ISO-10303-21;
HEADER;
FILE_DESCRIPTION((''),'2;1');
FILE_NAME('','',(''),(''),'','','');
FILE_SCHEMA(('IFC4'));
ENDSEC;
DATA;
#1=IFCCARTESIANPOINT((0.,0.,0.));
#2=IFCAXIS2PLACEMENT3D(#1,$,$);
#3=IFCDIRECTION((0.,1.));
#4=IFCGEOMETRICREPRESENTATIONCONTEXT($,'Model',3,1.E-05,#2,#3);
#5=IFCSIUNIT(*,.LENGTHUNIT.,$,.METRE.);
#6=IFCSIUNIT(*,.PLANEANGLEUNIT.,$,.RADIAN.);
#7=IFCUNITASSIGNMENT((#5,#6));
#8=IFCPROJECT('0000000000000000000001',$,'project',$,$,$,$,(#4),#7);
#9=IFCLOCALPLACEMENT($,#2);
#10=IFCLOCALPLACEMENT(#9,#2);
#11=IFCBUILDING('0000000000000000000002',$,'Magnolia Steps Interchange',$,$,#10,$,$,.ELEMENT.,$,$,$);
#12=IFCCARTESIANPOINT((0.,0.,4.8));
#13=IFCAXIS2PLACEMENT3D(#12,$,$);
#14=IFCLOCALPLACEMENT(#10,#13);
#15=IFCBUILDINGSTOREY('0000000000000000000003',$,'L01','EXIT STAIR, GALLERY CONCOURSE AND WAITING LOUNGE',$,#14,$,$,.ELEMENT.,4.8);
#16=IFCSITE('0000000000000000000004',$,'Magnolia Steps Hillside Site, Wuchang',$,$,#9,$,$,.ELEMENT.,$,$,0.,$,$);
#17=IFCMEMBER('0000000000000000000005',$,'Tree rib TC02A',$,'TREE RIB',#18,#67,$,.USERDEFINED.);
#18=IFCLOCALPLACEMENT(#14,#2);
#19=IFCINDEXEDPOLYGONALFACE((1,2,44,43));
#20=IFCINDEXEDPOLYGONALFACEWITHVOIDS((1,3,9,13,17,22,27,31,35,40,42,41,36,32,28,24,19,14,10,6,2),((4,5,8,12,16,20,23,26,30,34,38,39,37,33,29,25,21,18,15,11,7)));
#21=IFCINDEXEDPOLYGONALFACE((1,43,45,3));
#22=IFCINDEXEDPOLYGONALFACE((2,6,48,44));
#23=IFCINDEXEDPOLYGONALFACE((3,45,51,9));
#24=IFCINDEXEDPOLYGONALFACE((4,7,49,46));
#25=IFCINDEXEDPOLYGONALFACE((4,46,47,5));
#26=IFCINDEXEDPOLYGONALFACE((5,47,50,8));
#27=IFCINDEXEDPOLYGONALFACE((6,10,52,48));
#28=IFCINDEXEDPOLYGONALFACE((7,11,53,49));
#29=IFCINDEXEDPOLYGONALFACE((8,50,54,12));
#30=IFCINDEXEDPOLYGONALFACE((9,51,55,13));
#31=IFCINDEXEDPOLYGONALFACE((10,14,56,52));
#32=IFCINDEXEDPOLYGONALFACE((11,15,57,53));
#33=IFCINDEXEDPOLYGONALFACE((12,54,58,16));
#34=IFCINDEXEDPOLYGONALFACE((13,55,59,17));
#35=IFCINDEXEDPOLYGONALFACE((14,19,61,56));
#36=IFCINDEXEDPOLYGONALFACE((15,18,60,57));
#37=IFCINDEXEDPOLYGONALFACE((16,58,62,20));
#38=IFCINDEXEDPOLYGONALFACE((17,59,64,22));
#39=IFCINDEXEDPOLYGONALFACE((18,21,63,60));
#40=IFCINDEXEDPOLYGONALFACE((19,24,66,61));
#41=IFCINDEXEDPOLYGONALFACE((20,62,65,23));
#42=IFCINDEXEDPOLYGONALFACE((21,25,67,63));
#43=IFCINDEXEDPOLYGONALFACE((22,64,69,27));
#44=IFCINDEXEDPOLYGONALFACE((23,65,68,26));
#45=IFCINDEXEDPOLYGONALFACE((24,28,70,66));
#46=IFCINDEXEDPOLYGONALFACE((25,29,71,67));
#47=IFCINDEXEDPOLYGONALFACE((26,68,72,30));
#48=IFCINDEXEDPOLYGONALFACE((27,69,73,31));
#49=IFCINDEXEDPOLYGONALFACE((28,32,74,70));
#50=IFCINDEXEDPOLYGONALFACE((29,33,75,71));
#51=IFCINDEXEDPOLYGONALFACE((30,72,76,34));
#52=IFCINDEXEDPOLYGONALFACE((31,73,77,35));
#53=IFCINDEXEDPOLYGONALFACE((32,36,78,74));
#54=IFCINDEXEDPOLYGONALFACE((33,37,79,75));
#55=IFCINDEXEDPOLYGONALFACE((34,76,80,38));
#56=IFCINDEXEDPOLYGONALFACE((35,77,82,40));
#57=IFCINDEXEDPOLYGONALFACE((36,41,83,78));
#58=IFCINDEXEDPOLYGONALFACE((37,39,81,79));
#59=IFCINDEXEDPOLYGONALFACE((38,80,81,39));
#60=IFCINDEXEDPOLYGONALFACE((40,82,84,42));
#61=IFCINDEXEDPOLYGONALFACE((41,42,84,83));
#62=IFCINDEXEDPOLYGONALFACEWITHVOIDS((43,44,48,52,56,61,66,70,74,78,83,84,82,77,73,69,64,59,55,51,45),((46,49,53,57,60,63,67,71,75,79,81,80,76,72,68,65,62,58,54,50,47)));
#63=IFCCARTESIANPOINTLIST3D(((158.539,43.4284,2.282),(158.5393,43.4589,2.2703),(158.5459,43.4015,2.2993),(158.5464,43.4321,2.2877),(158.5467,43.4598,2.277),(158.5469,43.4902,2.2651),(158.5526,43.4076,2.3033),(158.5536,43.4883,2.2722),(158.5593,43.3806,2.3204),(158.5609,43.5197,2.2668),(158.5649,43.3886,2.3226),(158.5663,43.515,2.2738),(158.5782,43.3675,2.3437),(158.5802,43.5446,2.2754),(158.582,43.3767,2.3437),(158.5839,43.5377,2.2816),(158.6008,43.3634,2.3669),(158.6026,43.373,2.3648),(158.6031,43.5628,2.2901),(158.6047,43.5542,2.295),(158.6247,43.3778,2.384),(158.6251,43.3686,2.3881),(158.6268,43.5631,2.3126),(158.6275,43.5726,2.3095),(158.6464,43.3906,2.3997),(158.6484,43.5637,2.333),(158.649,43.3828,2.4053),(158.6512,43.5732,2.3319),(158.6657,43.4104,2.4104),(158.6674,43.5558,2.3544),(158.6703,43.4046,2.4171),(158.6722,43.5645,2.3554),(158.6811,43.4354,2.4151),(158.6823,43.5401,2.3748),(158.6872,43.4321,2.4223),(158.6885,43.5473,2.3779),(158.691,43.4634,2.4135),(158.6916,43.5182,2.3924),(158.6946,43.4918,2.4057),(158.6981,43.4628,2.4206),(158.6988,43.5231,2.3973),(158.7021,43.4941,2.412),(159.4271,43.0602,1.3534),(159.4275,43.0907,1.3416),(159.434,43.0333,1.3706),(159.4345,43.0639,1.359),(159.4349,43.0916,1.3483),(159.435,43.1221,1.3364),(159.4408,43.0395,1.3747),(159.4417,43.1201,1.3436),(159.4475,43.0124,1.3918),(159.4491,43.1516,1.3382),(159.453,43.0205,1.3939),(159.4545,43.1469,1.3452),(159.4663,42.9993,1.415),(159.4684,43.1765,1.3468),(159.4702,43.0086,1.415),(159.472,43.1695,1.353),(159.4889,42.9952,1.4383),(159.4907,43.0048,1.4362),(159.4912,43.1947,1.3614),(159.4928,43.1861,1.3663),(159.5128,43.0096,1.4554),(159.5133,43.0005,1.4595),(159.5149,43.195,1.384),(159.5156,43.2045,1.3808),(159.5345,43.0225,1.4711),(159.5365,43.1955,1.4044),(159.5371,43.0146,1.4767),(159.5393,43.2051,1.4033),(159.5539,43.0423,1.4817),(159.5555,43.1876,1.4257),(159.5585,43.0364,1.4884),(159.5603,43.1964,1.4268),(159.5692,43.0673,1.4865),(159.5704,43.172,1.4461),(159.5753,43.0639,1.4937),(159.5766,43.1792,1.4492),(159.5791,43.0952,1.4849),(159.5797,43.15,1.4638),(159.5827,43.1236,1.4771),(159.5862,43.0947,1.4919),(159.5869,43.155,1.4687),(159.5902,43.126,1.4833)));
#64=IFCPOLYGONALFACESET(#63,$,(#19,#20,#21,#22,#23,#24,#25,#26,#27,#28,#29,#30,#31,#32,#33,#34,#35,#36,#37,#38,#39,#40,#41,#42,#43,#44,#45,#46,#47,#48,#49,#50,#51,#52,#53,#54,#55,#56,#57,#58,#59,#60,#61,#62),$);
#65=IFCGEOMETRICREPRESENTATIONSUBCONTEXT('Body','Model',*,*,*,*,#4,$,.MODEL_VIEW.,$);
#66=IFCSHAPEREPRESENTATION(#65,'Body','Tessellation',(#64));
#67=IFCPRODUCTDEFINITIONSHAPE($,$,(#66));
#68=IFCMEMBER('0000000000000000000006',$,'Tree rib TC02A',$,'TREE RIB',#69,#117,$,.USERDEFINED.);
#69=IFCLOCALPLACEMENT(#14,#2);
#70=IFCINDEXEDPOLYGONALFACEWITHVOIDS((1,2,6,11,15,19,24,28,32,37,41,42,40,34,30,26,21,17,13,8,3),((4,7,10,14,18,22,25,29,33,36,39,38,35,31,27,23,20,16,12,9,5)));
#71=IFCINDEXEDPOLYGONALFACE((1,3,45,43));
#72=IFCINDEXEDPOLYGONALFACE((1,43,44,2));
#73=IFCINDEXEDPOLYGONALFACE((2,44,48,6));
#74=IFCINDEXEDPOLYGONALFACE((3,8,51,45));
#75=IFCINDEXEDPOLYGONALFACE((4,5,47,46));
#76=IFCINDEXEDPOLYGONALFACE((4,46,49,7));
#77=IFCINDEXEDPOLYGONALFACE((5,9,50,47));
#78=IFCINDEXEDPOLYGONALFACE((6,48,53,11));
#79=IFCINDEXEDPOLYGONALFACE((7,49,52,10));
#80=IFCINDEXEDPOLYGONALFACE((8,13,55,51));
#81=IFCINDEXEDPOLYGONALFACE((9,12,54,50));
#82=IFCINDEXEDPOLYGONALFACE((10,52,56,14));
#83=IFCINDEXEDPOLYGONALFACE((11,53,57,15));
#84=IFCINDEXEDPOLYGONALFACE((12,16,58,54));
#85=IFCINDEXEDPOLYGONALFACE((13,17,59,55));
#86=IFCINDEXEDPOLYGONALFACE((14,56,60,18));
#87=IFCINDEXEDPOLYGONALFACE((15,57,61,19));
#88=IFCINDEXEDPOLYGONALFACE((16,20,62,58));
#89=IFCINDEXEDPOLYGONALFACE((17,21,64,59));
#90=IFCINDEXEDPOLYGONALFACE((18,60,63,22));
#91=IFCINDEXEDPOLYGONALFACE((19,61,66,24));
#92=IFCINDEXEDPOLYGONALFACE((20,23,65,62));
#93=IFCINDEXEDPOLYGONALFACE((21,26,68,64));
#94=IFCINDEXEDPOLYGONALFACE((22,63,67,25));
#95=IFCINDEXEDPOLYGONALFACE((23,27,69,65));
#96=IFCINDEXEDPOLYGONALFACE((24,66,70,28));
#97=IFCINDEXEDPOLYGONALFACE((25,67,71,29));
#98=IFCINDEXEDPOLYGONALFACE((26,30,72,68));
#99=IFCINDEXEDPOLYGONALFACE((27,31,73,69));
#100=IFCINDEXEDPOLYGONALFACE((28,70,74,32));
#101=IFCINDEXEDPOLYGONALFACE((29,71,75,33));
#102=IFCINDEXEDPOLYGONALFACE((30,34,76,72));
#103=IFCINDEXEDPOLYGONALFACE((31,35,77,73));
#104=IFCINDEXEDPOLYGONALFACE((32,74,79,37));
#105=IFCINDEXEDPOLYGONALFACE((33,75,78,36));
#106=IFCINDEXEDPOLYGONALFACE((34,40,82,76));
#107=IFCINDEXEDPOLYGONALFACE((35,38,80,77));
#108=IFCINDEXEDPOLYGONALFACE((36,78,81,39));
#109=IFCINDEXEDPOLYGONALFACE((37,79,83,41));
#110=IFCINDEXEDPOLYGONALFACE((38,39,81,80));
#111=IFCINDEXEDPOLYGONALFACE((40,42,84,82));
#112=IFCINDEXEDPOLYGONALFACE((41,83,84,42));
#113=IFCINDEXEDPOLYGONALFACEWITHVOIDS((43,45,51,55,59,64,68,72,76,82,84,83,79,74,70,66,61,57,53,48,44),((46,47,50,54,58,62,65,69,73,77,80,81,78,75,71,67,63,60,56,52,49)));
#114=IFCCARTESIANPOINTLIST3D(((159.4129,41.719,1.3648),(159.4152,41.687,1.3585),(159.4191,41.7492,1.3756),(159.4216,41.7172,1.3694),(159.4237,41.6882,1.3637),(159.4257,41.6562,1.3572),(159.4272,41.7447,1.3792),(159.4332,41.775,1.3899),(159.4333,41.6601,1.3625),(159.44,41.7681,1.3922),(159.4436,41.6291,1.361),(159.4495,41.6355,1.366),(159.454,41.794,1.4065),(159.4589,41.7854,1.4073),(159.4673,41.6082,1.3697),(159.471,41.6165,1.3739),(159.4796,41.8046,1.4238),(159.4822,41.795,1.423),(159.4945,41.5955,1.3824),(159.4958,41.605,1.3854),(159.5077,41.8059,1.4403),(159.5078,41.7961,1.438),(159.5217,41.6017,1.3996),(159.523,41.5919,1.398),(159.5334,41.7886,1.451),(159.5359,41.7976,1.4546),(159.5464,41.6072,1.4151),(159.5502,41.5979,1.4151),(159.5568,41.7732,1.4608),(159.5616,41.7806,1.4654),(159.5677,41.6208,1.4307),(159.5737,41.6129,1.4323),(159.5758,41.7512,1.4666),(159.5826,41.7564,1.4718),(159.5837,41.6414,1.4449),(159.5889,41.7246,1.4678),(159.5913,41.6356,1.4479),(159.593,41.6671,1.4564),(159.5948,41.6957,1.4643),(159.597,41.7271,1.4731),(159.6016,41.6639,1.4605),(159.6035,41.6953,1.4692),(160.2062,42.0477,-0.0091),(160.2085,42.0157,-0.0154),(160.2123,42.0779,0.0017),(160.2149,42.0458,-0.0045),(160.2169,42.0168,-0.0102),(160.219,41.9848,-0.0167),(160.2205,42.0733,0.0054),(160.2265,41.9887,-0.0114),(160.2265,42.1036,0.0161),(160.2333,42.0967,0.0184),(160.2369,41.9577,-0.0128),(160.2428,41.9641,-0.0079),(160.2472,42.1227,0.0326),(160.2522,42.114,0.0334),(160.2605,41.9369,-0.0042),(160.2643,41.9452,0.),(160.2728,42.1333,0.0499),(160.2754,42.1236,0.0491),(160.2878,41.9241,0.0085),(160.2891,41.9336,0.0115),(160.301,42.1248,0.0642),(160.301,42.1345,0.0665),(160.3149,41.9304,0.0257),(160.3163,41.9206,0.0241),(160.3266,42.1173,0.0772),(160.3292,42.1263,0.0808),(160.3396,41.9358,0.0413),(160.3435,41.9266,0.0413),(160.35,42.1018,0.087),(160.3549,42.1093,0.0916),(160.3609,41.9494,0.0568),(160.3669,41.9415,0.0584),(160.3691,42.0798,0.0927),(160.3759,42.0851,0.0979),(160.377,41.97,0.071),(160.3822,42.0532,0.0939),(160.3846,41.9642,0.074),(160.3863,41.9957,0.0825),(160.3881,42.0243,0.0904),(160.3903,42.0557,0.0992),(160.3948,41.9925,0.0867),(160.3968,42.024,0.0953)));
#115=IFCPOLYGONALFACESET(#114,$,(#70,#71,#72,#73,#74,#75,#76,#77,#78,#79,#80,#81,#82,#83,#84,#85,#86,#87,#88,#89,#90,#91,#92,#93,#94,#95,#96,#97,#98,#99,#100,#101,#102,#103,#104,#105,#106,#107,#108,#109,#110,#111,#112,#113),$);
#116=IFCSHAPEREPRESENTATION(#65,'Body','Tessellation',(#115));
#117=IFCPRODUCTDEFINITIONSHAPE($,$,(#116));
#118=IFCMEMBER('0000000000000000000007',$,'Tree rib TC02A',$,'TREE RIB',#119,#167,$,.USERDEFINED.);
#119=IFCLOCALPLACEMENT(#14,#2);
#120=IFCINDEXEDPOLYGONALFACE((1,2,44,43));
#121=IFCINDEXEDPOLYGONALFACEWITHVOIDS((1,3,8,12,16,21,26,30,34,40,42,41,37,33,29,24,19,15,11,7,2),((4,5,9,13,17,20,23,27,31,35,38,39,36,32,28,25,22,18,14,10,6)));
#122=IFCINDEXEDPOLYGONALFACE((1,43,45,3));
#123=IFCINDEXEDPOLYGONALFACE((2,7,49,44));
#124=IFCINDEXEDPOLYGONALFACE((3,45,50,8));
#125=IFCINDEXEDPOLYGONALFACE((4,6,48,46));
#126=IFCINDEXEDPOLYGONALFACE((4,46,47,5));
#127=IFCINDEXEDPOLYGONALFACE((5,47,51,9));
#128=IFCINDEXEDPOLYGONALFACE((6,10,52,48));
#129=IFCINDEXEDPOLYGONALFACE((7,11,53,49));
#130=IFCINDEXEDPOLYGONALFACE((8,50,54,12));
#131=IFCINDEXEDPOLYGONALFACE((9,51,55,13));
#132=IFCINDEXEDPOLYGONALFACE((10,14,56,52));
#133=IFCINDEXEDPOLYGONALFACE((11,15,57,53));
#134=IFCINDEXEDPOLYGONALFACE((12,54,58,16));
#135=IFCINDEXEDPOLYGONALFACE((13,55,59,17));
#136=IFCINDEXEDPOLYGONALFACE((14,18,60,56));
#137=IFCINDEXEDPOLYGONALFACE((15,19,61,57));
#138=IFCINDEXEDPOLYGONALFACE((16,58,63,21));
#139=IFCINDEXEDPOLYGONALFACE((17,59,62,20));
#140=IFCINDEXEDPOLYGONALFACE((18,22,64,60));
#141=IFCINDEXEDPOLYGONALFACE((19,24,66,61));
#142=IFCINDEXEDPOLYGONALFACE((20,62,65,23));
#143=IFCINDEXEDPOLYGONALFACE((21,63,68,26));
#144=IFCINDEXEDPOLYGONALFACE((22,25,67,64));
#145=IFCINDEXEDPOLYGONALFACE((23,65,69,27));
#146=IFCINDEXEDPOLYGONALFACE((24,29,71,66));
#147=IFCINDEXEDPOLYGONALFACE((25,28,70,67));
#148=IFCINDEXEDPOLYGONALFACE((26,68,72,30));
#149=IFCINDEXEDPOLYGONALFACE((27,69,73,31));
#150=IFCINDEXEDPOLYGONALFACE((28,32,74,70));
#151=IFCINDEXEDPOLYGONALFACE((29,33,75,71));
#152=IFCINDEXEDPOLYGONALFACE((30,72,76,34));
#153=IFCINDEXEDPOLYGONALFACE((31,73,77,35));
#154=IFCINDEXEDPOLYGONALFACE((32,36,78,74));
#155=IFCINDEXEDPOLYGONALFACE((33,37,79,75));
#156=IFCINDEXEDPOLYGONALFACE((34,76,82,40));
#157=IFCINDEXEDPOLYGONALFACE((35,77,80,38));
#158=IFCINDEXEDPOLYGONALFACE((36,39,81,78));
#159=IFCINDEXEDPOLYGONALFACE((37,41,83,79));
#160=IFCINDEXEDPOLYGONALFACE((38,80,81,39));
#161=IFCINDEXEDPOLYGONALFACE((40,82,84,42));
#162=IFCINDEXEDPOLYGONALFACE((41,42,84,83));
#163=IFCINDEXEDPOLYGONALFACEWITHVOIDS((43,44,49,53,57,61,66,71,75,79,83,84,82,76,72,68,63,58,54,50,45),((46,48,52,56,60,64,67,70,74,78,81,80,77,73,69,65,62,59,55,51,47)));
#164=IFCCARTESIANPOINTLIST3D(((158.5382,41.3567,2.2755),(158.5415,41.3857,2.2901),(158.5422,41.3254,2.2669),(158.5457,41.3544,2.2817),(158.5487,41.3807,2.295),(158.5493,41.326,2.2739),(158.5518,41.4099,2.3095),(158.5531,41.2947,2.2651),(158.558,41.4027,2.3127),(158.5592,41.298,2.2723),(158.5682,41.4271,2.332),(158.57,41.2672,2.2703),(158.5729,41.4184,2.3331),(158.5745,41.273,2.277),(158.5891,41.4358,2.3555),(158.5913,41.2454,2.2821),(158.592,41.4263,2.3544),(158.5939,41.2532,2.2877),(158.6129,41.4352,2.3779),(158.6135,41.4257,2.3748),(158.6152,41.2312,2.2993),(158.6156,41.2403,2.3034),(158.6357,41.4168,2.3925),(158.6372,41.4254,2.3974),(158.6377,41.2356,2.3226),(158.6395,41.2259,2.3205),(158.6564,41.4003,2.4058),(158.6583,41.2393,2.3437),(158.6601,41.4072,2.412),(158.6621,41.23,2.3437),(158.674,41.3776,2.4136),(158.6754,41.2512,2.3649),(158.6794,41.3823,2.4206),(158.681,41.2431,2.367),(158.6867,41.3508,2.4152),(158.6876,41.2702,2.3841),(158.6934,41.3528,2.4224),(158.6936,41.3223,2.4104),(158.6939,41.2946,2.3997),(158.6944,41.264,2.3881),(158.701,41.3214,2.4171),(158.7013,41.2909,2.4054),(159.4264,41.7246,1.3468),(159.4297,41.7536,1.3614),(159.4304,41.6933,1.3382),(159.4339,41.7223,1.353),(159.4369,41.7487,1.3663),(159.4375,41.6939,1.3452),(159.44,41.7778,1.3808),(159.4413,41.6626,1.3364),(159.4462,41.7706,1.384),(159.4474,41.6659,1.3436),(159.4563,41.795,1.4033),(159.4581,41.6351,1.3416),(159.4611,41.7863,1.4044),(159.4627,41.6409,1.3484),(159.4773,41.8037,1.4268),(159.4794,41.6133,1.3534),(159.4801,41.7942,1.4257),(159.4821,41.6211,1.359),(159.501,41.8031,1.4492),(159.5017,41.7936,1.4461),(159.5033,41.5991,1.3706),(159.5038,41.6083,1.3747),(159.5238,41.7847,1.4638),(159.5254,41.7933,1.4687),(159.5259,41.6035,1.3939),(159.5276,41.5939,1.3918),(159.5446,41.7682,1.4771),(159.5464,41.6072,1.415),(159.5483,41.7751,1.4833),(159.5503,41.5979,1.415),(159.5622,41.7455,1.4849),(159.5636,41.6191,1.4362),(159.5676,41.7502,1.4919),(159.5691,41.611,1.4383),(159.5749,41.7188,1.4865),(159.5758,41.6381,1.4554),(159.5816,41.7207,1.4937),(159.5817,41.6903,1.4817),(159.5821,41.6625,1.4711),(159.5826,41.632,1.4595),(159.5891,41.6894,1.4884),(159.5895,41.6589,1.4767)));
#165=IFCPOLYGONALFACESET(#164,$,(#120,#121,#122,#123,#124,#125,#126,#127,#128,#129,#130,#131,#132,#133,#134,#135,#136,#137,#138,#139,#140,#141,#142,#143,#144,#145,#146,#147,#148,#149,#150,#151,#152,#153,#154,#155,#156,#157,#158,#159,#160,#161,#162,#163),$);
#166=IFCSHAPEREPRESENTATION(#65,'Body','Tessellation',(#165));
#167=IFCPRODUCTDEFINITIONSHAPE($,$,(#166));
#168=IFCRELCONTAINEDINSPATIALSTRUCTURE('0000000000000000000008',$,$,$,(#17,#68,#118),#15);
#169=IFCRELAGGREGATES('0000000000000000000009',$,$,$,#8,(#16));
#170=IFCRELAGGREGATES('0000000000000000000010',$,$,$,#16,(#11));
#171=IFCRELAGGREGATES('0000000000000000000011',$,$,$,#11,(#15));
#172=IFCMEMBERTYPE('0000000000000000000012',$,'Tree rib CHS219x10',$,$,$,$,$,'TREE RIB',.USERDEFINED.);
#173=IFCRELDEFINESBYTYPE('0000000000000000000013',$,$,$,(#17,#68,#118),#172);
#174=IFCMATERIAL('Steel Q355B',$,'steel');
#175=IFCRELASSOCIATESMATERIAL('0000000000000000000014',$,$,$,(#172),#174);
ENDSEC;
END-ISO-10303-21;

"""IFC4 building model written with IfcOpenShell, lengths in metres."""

from ifc_helpers import new_model, si_unit, direction, frame, origin, origin_2d, place, context, subcontext, project, spatial, hollow_circle, extrude, material, material_profile, profile_set, type_object, element, save


model = new_model("IFC4")

# Units and contexts
model_context = context("Model", 3, precision=1e-05, world=origin(), true_north=direction((0.0, 1.0)))
body_context = subcontext(model_context, "Body", "Model", "MODEL_VIEW")
ifc_project = project(units=[si_unit("LENGTHUNIT", "METRE"), si_unit("PLANEANGLEUNIT", "RADIAN")], contexts=[model_context])

# Site, building, storey
site_placement = place(None, origin())
site = spatial("IfcSite", under=ifc_project, at=site_placement, Name="Magnolia Steps Hillside Site, Wuchang", CompositionType="ELEMENT", RefElevation=0.0)
building_placement = place(site_placement, origin())
building = spatial("IfcBuilding", under=site, at=building_placement, Name="Magnolia Steps Interchange", CompositionType="ELEMENT")
storey_placement = place(building_placement, frame((0.0, 0.0, 4.8)))
storey = spatial("IfcBuildingStorey", under=building, at=storey_placement, Name="L01", Description="EXIT STAIR, GALLERY CONCOURSE AND WAITING LOUNGE", CompositionType="ELEMENT", Elevation=4.8)

# Members
ifc_material_1 = material(Name="Steel Q355B", Category="steel")
ifc_material_profile_1 = material_profile(ifc_material_1, hollow_circle(Radius=0.1096, WallThickness=0.01, at=origin_2d()), Name="CHS219x10")
ifc_profile_set_1 = profile_set([ifc_material_profile_1], Name="Steel Q355B")
member_type = type_object("IfcMemberType", Name="Tree rib CHS219x10", ElementType="TREE RIB", PredefinedType="USERDEFINED", material=ifc_profile_set_1)
member_1_placement = place(storey_placement, frame((159.5083, 43.1006, 1.415), z_axis=(-0.664432, 0.275416, 0.694749), x_axis=(-0.38292, -0.923782, 0.0)))
element("IfcMember", 1, at=member_1_placement, inside=storey, type_object=member_type, Name="Tree rib TC02A", ObjectType="TREE RIB", PredefinedType="USERDEFINED", context=body_context, shape_type="SweptSolid", body=[
    extrude(hollow_circle(Radius=0.1096, WallThickness=0.01, at=origin_2d()), origin(), (0.0, 0.0, 1.0), 1.3367),
])
member_2_placement = place(storey_placement, frame((160.3015, 42.0278, 0.0413), z_axis=(-0.489634, -0.202846, 0.848005), x_axis=(0.382737, -0.923857, 0.0)))
element("IfcMember", 2, at=member_2_placement, inside=storey, type_object=member_type, Name="Tree rib TC02A", ObjectType="TREE RIB", PredefinedType="USERDEFINED", context=body_context, shape_type="SweptSolid", body=[
    extrude(hollow_circle(Radius=0.1096, WallThickness=0.01, at=origin_2d()), origin(), (0.0, 0.0, 1.0), 1.6201),
])
for number, where, z_axis, x_axis, name in (
    (3, (159.5083, 41.6992, 1.415), (-0.664465, -0.275247, 0.694784), (0.382703, -0.923871, 0.0), "Tree rib TC02A"),
):
    element("IfcMember", number, at=place(storey_placement, frame(where, z_axis=z_axis, x_axis=x_axis)), inside=storey, type_object=member_type, Name=name, ObjectType="TREE RIB", PredefinedType="USERDEFINED", context=body_context, shape_type="SweptSolid", body=[
        extrude(hollow_circle(Radius=0.1096, WallThickness=0.01, at=origin_2d()), origin(), (0.0, 0.0, 1.0), 1.3367),
    ])

save(model, "model.ifc")
